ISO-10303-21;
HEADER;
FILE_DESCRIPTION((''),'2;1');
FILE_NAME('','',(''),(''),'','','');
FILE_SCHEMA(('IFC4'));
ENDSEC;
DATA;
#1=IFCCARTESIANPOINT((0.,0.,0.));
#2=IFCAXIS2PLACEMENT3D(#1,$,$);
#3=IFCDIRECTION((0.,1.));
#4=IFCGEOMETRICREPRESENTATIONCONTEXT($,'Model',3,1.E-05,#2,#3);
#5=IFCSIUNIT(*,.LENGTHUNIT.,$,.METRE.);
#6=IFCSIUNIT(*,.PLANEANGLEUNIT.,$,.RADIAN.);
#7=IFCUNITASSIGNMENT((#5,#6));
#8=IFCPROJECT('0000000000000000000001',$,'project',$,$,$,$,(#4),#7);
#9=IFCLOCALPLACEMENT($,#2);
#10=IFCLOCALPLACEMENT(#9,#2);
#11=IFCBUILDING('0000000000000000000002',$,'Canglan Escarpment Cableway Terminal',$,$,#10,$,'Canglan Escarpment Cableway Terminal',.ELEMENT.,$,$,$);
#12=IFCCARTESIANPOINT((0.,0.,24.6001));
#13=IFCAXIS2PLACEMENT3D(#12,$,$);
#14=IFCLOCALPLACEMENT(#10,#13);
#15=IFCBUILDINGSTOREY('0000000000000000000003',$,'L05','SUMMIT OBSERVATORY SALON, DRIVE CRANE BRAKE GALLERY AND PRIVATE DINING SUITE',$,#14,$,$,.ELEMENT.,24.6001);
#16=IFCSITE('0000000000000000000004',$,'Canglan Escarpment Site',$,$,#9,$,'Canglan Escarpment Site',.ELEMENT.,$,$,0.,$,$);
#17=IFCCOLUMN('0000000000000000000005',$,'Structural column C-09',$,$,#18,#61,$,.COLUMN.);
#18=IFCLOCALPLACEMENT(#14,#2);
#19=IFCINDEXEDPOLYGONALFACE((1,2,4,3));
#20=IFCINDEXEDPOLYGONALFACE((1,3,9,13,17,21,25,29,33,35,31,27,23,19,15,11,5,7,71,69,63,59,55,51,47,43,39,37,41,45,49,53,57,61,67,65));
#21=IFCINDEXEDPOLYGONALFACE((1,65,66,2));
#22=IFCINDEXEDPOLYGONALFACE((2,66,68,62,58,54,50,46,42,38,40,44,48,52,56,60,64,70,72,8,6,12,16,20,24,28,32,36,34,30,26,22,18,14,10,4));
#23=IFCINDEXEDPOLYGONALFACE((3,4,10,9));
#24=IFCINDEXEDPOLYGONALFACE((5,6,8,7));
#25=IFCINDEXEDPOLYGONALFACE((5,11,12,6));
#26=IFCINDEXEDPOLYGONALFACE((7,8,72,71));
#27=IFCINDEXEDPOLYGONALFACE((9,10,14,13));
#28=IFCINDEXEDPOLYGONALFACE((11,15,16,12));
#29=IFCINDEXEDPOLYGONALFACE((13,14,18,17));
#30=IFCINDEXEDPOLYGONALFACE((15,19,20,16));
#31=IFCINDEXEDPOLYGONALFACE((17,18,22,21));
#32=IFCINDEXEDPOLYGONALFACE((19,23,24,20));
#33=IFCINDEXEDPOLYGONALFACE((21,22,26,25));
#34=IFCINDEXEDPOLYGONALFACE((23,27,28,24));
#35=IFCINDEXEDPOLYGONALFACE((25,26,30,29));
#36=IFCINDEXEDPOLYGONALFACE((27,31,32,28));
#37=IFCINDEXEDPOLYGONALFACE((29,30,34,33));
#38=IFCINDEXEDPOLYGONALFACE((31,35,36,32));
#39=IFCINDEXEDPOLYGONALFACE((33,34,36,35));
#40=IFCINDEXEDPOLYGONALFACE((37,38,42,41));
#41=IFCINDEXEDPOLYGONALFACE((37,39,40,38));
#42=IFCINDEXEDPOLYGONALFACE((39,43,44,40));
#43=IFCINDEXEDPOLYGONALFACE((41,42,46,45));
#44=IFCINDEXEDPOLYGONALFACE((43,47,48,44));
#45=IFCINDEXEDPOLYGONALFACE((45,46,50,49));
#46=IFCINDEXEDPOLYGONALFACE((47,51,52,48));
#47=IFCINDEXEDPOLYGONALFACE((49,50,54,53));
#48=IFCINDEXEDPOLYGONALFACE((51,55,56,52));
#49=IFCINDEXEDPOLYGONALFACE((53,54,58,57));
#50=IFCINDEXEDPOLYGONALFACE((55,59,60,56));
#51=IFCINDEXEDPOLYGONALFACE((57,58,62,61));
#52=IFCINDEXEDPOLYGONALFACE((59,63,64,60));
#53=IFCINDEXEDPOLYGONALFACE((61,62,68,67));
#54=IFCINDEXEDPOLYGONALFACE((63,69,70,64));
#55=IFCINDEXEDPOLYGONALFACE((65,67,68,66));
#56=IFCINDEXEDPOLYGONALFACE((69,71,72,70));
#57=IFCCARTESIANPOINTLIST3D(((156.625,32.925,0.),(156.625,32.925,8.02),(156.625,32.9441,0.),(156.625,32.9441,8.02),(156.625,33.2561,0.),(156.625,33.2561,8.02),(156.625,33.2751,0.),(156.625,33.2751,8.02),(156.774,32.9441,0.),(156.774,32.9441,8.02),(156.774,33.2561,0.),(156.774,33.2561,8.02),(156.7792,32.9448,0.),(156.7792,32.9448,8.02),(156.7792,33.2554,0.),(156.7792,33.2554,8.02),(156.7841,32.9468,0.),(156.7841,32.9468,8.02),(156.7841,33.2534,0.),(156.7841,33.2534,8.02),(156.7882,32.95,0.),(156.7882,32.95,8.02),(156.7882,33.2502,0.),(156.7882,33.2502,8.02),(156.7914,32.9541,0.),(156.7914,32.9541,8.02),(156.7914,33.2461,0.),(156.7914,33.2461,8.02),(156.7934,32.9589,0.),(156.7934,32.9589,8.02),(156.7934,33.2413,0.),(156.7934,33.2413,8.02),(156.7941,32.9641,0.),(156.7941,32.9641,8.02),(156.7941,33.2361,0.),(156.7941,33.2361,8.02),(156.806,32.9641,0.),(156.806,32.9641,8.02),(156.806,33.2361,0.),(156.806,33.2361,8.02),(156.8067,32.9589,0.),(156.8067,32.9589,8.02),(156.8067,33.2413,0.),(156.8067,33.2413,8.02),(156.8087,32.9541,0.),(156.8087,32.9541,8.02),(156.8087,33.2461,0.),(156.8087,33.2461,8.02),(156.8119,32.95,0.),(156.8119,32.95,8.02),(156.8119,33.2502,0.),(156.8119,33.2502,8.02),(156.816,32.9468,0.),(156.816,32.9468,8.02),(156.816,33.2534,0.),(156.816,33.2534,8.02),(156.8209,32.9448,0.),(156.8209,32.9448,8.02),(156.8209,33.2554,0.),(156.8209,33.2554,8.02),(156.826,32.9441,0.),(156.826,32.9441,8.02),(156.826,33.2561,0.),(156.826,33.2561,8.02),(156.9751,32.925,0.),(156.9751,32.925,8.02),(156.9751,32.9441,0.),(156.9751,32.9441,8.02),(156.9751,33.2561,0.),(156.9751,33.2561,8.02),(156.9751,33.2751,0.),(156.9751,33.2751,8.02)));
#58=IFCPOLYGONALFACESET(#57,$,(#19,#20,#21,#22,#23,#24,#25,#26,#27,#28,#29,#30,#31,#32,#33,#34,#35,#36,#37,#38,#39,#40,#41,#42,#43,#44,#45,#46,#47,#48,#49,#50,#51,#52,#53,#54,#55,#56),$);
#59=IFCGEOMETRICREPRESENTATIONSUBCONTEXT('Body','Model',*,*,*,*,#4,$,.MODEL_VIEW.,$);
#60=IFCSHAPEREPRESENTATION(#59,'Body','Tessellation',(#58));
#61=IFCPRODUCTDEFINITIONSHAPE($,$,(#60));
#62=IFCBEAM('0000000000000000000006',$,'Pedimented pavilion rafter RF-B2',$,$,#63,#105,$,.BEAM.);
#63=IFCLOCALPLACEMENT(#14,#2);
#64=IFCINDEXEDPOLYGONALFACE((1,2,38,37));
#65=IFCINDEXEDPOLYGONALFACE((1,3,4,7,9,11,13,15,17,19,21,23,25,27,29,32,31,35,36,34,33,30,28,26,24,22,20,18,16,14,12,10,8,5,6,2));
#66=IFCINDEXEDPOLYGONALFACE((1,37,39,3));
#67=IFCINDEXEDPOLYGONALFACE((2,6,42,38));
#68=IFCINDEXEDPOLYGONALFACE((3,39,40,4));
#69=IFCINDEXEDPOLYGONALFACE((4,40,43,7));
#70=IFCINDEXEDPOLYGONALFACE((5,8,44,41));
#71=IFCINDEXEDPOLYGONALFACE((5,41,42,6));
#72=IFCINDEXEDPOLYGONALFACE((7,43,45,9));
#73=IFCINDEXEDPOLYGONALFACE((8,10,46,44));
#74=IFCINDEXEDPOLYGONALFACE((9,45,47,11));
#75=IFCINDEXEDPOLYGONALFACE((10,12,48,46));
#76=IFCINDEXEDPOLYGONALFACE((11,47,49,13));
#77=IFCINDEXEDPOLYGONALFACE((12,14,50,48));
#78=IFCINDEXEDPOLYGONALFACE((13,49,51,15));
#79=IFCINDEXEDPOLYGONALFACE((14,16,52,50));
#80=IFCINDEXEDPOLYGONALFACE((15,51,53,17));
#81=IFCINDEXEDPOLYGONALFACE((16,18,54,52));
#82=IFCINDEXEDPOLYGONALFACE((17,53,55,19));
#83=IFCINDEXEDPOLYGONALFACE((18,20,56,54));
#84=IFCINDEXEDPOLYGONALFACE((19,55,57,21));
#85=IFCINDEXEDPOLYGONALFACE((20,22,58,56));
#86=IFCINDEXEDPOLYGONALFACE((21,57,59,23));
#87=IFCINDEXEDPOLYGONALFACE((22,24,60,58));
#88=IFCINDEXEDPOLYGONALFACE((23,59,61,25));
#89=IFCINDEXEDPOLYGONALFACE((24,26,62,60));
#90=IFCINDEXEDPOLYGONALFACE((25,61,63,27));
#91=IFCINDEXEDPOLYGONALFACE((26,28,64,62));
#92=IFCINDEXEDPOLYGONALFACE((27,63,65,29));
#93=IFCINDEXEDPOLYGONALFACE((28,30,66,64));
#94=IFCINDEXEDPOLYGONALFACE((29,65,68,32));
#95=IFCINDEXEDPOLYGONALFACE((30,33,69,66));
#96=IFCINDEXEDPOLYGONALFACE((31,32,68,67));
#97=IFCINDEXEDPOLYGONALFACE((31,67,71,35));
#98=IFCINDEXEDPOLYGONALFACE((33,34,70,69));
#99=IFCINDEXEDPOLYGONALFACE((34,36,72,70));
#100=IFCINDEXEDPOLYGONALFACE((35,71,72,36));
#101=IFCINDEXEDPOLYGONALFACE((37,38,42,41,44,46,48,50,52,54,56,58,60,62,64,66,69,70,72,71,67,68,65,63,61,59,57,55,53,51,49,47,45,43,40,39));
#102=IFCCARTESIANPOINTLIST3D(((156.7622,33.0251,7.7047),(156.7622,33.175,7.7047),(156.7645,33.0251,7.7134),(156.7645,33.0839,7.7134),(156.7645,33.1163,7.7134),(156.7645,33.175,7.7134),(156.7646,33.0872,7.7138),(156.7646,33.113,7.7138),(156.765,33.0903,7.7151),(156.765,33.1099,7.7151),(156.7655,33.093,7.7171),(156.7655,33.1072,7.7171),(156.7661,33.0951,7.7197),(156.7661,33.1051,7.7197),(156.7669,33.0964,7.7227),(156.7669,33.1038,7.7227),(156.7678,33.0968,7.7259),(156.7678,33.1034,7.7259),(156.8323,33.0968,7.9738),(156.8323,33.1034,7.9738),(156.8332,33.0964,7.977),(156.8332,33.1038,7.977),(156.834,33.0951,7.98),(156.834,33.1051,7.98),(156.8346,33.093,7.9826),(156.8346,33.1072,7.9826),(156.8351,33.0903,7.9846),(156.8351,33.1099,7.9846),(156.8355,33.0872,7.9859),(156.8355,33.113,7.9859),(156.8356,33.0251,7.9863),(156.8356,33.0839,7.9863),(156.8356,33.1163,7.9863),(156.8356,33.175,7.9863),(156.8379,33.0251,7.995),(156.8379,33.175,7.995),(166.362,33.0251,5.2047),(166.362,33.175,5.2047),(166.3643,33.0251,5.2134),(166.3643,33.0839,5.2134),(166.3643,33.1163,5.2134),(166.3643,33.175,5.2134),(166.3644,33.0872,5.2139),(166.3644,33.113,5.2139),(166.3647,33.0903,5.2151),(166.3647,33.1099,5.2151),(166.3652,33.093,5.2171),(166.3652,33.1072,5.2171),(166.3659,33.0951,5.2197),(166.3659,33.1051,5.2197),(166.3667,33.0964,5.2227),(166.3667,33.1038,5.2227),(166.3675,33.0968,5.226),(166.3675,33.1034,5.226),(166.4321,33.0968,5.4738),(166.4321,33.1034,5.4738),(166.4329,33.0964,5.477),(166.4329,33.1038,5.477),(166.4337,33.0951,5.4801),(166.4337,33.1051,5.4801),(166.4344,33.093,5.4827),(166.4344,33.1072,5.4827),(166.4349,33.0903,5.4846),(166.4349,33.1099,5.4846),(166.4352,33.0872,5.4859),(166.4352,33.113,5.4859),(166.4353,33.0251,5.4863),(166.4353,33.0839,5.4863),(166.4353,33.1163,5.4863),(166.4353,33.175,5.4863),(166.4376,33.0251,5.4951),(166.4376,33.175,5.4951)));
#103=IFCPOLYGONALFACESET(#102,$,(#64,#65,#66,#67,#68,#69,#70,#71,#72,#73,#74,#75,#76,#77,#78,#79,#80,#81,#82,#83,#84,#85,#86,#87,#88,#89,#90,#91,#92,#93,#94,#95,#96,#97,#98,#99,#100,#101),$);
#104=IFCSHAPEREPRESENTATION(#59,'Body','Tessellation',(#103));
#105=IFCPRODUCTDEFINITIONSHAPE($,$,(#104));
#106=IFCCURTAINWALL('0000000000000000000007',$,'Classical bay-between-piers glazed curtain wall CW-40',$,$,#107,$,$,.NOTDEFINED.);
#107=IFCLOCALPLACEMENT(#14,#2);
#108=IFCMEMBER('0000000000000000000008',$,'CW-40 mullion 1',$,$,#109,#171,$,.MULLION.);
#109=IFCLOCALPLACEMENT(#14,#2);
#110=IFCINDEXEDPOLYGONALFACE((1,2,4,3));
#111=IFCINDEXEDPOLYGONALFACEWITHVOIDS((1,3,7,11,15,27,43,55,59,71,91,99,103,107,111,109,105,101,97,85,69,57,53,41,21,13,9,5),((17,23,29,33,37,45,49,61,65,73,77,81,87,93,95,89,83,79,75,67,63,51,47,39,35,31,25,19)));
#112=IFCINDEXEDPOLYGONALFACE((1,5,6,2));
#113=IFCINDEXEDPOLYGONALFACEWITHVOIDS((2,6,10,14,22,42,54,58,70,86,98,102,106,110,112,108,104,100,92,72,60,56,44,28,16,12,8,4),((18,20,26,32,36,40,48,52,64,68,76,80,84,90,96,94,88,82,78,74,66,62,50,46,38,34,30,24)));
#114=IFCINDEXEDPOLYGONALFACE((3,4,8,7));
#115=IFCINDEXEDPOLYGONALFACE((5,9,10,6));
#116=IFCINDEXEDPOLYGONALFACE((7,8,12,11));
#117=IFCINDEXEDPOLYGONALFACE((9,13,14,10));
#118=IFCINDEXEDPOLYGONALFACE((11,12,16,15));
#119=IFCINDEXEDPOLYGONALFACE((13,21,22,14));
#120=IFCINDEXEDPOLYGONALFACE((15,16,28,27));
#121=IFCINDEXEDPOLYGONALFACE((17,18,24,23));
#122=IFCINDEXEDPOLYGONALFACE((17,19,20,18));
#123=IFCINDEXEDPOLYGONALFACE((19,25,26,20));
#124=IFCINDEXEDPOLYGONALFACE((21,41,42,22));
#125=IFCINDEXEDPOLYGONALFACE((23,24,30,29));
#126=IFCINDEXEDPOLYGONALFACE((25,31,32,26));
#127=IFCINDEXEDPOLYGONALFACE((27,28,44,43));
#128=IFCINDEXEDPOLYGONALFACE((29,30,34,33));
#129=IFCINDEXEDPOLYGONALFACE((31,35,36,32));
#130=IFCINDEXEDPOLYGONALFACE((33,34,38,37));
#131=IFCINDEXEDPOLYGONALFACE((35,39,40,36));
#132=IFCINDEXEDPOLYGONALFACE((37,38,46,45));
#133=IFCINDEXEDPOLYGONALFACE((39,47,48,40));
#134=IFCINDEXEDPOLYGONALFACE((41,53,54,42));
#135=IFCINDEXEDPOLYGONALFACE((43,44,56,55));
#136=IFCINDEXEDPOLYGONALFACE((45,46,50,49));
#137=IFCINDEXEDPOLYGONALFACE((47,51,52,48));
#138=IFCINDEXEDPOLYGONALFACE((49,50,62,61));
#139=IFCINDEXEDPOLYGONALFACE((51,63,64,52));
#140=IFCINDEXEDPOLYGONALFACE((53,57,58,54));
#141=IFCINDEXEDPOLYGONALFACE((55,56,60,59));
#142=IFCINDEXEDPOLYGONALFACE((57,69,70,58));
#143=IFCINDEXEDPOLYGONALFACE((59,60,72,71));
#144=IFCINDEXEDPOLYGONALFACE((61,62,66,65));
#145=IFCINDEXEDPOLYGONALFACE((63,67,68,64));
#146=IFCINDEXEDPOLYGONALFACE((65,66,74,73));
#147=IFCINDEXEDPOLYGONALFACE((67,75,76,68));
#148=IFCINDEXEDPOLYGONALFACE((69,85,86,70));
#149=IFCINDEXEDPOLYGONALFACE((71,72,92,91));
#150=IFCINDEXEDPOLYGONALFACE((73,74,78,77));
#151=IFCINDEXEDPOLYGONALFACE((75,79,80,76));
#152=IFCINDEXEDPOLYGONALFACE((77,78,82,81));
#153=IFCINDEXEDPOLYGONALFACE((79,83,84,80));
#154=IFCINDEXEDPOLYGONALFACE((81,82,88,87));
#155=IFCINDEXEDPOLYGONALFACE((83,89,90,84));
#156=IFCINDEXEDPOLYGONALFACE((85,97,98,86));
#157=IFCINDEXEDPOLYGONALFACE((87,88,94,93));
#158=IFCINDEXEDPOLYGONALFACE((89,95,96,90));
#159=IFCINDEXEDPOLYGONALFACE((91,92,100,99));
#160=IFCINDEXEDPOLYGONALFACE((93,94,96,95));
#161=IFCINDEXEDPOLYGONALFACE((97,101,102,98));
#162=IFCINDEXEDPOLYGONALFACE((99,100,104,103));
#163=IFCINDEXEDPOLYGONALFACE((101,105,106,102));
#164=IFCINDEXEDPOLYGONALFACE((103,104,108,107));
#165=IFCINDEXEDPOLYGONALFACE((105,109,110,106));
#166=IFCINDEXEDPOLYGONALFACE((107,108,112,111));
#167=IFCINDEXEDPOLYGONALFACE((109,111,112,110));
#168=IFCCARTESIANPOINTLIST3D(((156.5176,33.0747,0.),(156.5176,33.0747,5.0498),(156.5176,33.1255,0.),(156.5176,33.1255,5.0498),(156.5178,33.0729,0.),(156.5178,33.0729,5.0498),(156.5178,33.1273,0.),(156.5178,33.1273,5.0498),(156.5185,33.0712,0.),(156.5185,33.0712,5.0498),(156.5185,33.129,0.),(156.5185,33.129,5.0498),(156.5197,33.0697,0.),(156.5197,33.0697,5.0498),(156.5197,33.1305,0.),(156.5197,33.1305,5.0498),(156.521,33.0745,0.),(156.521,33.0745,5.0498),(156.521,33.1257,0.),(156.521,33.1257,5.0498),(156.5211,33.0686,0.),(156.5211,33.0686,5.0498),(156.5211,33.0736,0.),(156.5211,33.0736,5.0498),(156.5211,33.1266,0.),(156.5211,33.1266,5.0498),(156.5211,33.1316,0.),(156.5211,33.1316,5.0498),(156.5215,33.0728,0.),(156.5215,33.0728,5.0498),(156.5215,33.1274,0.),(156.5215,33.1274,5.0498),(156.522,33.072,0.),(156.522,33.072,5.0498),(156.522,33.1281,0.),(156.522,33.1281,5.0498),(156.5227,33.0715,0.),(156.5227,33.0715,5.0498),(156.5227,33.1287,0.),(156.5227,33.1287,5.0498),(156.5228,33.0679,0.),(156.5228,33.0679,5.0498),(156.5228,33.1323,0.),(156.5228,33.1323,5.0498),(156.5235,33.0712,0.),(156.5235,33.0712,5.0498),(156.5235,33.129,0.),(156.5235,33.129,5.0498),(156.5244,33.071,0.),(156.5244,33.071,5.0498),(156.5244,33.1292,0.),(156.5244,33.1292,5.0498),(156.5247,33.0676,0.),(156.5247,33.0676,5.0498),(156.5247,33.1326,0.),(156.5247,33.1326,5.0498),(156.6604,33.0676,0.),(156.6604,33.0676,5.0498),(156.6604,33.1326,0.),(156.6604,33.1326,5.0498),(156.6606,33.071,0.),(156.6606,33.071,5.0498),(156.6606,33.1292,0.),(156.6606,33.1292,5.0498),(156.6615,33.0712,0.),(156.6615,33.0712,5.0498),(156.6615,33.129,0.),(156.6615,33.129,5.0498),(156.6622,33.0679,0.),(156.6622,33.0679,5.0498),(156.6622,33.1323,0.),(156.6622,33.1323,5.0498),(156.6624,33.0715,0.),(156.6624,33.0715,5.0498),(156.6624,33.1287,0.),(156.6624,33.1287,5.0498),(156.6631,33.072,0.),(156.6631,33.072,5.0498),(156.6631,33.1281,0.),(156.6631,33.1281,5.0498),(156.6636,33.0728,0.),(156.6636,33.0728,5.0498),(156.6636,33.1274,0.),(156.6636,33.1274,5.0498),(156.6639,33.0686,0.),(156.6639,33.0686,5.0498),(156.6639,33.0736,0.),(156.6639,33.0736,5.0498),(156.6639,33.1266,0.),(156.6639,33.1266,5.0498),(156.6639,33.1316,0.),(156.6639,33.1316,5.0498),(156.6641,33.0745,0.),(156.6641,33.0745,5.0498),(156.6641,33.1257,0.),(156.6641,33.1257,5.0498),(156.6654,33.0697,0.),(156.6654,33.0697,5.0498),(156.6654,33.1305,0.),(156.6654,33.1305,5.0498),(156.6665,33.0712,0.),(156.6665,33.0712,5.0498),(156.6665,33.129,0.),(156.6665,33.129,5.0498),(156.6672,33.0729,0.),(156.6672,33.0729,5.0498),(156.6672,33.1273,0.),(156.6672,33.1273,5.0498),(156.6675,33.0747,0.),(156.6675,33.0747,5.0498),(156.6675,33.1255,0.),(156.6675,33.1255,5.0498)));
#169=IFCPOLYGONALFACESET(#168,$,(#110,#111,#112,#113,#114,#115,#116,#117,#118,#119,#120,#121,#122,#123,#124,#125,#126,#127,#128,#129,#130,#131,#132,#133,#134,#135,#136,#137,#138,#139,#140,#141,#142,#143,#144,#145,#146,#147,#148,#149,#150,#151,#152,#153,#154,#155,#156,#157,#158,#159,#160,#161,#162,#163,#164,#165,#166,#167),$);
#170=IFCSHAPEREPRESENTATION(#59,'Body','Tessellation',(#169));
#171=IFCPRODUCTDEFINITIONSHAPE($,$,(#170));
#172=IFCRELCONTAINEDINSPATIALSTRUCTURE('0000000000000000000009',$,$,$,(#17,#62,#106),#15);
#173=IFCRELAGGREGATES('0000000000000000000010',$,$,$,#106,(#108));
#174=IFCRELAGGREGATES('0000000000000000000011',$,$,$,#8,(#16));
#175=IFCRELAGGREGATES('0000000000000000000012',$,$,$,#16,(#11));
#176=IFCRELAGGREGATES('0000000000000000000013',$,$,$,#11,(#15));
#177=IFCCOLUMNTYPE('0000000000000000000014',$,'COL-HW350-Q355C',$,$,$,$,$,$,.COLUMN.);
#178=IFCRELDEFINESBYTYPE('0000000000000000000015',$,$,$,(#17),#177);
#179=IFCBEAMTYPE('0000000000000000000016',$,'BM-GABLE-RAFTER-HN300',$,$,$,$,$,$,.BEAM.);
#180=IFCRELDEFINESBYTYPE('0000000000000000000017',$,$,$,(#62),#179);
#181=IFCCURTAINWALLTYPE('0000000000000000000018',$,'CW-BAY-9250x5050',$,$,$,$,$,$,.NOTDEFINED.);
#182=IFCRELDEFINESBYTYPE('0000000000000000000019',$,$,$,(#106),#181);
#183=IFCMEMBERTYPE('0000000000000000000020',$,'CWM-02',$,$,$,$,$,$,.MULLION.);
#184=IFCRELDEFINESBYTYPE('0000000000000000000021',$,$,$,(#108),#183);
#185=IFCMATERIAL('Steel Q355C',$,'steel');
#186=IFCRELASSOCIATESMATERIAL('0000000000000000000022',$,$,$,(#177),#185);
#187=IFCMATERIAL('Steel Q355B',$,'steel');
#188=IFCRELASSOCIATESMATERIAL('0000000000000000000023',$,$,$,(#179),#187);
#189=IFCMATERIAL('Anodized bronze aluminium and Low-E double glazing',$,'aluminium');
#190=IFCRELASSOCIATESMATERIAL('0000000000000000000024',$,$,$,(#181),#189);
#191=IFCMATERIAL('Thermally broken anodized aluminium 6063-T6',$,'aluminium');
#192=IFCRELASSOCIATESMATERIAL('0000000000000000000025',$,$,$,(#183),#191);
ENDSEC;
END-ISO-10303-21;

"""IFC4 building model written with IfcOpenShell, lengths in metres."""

from ifc_helpers import new_model, si_unit, direction, frame, origin, origin_2d, place, context, subcontext, project, spatial, hollow_rectangle, i_section, extrude, material, material_profile, profile_set, type_object, element, aggregate, save


model = new_model("IFC4")

# Units and contexts
model_context = context("Model", 3, precision=1e-05, world=origin(), true_north=direction((0.0, 1.0)))
body_context = subcontext(model_context, "Body", "Model", "MODEL_VIEW")
ifc_project = project(units=[si_unit("LENGTHUNIT", "METRE"), si_unit("PLANEANGLEUNIT", "RADIAN")], contexts=[model_context])

# Site, building, storey
site_placement = place(None, origin())
site = spatial("IfcSite", under=ifc_project, at=site_placement, Name="Canglan Escarpment Site", LongName="Canglan Escarpment Site", CompositionType="ELEMENT", RefElevation=0.0)
building_placement = place(site_placement, origin())
building = spatial("IfcBuilding", under=site, at=building_placement, Name="Canglan Escarpment Cableway Terminal", LongName="Canglan Escarpment Cableway Terminal", CompositionType="ELEMENT")
storey_placement = place(building_placement, frame((0.0, 0.0, 24.6001)))
storey = spatial("IfcBuildingStorey", under=building, at=storey_placement, Name="L05", Description="SUMMIT OBSERVATORY SALON, DRIVE CRANE BRAKE GALLERY AND PRIVATE DINING SUITE", CompositionType="ELEMENT", Elevation=24.6001)

# Column
ifc_material_1 = material(Name="Steel Q355C", Category="steel")
ifc_material_profile_1 = material_profile(ifc_material_1, i_section(OverallWidth=0.3501, OverallDepth=0.3501, WebThickness=0.012, FlangeThickness=0.019, FilletRadius=0.02, at=origin_2d()), Name="HW 350x350x12x19")
ifc_profile_set_1 = profile_set([ifc_material_profile_1], Name="Steel Q355C")
column_type = type_object("IfcColumnType", Name="COL-HW350-Q355C", PredefinedType="COLUMN", material=ifc_profile_set_1)
column_placement = place(storey_placement, frame((156.8, 33.1001, 0.0), z_axis=(0.0, 0.0, 1.0), x_axis=(1.0, 0.0, 0.0)))
element("IfcColumn", 1, at=column_placement, inside=storey, type_object=column_type, Name="Structural column C-09", PredefinedType="COLUMN", context=body_context, shape_type="SweptSolid", body=[
    extrude(i_section(OverallWidth=0.3501, OverallDepth=0.3501, WebThickness=0.012, FlangeThickness=0.019, FilletRadius=0.02, at=origin_2d()), origin(), (0.0, 0.0, 1.0), 8.02),
])

# Beam
ifc_material_2 = material(Name="Steel Q355B", Category="steel")
ifc_material_profile_2 = material_profile(ifc_material_2, i_section(OverallWidth=0.1499, OverallDepth=0.3, WebThickness=0.0066, FlangeThickness=0.009, FilletRadius=0.0129, at=origin_2d()), Name="HN 300x150x6.5x9")
ifc_profile_set_2 = profile_set([ifc_material_profile_2], Name="Steel Q355B")
beam_type = type_object("IfcBeamType", Name="BM-GABLE-RAFTER-HN300", PredefinedType="BEAM", material=ifc_profile_set_2)
beam_placement = place(storey_placement, frame((156.8, 33.1001, 7.8499), z_axis=(0.967723, 0.0, -0.252015), x_axis=(0.0, 1.0, 0.0)))
element("IfcBeam", 2, at=beam_placement, inside=storey, type_object=beam_type, Name="Pedimented pavilion rafter RF-B2", PredefinedType="BEAM", context=body_context, shape_type="SweptSolid", body=[
    extrude(i_section(OverallWidth=0.1499, OverallDepth=0.3, WebThickness=0.0066, FlangeThickness=0.009, FilletRadius=0.0129, at=origin_2d()), origin(), (0.0, 0.0, 1.0), 9.9199),
])

# Curtain wall, member
ifc_material_3 = material(Name="Anodized bronze aluminium and Low-E double glazing", Category="aluminium")
curtain_wall_type = type_object("IfcCurtainWallType", Name="CW-BAY-9250x5050", PredefinedType="NOTDEFINED", material=ifc_material_3)
curtain_wall_placement = place(storey_placement, origin())
curtain_wall = element("IfcCurtainWall", 3, at=curtain_wall_placement, inside=storey, type_object=curtain_wall_type, Name="Classical bay-between-piers glazed curtain wall CW-40", PredefinedType="NOTDEFINED")
ifc_material_4 = material(Name="Thermally broken anodized aluminium 6063-T6", Category="aluminium")
ifc_material_profile_3 = material_profile(ifc_material_4, hollow_rectangle(XDim=0.0649, YDim=0.1499, WallThickness=0.0034, InnerFilletRadius=0.0034, OuterFilletRadius=0.0071, at=origin_2d()), Name="ALU-MULL 65x150x3.5")
ifc_profile_set_3 = profile_set([ifc_material_profile_3], Name="Thermally broken anodized aluminium 6063-T6")
member_type_1 = type_object("IfcMemberType", Name="CWM-02", PredefinedType="MULLION", material=ifc_profile_set_3)
member_1_placement = place(storey_placement, frame((156.5925, 33.1001, 0.0), z_axis=(0.0, 0.0, 1.0), x_axis=(0.0, -1.0, 0.0)))
member_1 = element("IfcMember", 4, at=member_1_placement, type_object=member_type_1, Name="CW-40 mullion 1", PredefinedType="MULLION", context=body_context, shape_type="SweptSolid", body=[
    extrude(hollow_rectangle(XDim=0.0649, YDim=0.1499, WallThickness=0.0034, InnerFilletRadius=0.0034, OuterFilletRadius=0.0071, at=origin_2d()), origin(), (0.0, 0.0, 1.0), 5.0498),
])

aggregate(curtain_wall, [member_1])

save(model, "model.ifc")
